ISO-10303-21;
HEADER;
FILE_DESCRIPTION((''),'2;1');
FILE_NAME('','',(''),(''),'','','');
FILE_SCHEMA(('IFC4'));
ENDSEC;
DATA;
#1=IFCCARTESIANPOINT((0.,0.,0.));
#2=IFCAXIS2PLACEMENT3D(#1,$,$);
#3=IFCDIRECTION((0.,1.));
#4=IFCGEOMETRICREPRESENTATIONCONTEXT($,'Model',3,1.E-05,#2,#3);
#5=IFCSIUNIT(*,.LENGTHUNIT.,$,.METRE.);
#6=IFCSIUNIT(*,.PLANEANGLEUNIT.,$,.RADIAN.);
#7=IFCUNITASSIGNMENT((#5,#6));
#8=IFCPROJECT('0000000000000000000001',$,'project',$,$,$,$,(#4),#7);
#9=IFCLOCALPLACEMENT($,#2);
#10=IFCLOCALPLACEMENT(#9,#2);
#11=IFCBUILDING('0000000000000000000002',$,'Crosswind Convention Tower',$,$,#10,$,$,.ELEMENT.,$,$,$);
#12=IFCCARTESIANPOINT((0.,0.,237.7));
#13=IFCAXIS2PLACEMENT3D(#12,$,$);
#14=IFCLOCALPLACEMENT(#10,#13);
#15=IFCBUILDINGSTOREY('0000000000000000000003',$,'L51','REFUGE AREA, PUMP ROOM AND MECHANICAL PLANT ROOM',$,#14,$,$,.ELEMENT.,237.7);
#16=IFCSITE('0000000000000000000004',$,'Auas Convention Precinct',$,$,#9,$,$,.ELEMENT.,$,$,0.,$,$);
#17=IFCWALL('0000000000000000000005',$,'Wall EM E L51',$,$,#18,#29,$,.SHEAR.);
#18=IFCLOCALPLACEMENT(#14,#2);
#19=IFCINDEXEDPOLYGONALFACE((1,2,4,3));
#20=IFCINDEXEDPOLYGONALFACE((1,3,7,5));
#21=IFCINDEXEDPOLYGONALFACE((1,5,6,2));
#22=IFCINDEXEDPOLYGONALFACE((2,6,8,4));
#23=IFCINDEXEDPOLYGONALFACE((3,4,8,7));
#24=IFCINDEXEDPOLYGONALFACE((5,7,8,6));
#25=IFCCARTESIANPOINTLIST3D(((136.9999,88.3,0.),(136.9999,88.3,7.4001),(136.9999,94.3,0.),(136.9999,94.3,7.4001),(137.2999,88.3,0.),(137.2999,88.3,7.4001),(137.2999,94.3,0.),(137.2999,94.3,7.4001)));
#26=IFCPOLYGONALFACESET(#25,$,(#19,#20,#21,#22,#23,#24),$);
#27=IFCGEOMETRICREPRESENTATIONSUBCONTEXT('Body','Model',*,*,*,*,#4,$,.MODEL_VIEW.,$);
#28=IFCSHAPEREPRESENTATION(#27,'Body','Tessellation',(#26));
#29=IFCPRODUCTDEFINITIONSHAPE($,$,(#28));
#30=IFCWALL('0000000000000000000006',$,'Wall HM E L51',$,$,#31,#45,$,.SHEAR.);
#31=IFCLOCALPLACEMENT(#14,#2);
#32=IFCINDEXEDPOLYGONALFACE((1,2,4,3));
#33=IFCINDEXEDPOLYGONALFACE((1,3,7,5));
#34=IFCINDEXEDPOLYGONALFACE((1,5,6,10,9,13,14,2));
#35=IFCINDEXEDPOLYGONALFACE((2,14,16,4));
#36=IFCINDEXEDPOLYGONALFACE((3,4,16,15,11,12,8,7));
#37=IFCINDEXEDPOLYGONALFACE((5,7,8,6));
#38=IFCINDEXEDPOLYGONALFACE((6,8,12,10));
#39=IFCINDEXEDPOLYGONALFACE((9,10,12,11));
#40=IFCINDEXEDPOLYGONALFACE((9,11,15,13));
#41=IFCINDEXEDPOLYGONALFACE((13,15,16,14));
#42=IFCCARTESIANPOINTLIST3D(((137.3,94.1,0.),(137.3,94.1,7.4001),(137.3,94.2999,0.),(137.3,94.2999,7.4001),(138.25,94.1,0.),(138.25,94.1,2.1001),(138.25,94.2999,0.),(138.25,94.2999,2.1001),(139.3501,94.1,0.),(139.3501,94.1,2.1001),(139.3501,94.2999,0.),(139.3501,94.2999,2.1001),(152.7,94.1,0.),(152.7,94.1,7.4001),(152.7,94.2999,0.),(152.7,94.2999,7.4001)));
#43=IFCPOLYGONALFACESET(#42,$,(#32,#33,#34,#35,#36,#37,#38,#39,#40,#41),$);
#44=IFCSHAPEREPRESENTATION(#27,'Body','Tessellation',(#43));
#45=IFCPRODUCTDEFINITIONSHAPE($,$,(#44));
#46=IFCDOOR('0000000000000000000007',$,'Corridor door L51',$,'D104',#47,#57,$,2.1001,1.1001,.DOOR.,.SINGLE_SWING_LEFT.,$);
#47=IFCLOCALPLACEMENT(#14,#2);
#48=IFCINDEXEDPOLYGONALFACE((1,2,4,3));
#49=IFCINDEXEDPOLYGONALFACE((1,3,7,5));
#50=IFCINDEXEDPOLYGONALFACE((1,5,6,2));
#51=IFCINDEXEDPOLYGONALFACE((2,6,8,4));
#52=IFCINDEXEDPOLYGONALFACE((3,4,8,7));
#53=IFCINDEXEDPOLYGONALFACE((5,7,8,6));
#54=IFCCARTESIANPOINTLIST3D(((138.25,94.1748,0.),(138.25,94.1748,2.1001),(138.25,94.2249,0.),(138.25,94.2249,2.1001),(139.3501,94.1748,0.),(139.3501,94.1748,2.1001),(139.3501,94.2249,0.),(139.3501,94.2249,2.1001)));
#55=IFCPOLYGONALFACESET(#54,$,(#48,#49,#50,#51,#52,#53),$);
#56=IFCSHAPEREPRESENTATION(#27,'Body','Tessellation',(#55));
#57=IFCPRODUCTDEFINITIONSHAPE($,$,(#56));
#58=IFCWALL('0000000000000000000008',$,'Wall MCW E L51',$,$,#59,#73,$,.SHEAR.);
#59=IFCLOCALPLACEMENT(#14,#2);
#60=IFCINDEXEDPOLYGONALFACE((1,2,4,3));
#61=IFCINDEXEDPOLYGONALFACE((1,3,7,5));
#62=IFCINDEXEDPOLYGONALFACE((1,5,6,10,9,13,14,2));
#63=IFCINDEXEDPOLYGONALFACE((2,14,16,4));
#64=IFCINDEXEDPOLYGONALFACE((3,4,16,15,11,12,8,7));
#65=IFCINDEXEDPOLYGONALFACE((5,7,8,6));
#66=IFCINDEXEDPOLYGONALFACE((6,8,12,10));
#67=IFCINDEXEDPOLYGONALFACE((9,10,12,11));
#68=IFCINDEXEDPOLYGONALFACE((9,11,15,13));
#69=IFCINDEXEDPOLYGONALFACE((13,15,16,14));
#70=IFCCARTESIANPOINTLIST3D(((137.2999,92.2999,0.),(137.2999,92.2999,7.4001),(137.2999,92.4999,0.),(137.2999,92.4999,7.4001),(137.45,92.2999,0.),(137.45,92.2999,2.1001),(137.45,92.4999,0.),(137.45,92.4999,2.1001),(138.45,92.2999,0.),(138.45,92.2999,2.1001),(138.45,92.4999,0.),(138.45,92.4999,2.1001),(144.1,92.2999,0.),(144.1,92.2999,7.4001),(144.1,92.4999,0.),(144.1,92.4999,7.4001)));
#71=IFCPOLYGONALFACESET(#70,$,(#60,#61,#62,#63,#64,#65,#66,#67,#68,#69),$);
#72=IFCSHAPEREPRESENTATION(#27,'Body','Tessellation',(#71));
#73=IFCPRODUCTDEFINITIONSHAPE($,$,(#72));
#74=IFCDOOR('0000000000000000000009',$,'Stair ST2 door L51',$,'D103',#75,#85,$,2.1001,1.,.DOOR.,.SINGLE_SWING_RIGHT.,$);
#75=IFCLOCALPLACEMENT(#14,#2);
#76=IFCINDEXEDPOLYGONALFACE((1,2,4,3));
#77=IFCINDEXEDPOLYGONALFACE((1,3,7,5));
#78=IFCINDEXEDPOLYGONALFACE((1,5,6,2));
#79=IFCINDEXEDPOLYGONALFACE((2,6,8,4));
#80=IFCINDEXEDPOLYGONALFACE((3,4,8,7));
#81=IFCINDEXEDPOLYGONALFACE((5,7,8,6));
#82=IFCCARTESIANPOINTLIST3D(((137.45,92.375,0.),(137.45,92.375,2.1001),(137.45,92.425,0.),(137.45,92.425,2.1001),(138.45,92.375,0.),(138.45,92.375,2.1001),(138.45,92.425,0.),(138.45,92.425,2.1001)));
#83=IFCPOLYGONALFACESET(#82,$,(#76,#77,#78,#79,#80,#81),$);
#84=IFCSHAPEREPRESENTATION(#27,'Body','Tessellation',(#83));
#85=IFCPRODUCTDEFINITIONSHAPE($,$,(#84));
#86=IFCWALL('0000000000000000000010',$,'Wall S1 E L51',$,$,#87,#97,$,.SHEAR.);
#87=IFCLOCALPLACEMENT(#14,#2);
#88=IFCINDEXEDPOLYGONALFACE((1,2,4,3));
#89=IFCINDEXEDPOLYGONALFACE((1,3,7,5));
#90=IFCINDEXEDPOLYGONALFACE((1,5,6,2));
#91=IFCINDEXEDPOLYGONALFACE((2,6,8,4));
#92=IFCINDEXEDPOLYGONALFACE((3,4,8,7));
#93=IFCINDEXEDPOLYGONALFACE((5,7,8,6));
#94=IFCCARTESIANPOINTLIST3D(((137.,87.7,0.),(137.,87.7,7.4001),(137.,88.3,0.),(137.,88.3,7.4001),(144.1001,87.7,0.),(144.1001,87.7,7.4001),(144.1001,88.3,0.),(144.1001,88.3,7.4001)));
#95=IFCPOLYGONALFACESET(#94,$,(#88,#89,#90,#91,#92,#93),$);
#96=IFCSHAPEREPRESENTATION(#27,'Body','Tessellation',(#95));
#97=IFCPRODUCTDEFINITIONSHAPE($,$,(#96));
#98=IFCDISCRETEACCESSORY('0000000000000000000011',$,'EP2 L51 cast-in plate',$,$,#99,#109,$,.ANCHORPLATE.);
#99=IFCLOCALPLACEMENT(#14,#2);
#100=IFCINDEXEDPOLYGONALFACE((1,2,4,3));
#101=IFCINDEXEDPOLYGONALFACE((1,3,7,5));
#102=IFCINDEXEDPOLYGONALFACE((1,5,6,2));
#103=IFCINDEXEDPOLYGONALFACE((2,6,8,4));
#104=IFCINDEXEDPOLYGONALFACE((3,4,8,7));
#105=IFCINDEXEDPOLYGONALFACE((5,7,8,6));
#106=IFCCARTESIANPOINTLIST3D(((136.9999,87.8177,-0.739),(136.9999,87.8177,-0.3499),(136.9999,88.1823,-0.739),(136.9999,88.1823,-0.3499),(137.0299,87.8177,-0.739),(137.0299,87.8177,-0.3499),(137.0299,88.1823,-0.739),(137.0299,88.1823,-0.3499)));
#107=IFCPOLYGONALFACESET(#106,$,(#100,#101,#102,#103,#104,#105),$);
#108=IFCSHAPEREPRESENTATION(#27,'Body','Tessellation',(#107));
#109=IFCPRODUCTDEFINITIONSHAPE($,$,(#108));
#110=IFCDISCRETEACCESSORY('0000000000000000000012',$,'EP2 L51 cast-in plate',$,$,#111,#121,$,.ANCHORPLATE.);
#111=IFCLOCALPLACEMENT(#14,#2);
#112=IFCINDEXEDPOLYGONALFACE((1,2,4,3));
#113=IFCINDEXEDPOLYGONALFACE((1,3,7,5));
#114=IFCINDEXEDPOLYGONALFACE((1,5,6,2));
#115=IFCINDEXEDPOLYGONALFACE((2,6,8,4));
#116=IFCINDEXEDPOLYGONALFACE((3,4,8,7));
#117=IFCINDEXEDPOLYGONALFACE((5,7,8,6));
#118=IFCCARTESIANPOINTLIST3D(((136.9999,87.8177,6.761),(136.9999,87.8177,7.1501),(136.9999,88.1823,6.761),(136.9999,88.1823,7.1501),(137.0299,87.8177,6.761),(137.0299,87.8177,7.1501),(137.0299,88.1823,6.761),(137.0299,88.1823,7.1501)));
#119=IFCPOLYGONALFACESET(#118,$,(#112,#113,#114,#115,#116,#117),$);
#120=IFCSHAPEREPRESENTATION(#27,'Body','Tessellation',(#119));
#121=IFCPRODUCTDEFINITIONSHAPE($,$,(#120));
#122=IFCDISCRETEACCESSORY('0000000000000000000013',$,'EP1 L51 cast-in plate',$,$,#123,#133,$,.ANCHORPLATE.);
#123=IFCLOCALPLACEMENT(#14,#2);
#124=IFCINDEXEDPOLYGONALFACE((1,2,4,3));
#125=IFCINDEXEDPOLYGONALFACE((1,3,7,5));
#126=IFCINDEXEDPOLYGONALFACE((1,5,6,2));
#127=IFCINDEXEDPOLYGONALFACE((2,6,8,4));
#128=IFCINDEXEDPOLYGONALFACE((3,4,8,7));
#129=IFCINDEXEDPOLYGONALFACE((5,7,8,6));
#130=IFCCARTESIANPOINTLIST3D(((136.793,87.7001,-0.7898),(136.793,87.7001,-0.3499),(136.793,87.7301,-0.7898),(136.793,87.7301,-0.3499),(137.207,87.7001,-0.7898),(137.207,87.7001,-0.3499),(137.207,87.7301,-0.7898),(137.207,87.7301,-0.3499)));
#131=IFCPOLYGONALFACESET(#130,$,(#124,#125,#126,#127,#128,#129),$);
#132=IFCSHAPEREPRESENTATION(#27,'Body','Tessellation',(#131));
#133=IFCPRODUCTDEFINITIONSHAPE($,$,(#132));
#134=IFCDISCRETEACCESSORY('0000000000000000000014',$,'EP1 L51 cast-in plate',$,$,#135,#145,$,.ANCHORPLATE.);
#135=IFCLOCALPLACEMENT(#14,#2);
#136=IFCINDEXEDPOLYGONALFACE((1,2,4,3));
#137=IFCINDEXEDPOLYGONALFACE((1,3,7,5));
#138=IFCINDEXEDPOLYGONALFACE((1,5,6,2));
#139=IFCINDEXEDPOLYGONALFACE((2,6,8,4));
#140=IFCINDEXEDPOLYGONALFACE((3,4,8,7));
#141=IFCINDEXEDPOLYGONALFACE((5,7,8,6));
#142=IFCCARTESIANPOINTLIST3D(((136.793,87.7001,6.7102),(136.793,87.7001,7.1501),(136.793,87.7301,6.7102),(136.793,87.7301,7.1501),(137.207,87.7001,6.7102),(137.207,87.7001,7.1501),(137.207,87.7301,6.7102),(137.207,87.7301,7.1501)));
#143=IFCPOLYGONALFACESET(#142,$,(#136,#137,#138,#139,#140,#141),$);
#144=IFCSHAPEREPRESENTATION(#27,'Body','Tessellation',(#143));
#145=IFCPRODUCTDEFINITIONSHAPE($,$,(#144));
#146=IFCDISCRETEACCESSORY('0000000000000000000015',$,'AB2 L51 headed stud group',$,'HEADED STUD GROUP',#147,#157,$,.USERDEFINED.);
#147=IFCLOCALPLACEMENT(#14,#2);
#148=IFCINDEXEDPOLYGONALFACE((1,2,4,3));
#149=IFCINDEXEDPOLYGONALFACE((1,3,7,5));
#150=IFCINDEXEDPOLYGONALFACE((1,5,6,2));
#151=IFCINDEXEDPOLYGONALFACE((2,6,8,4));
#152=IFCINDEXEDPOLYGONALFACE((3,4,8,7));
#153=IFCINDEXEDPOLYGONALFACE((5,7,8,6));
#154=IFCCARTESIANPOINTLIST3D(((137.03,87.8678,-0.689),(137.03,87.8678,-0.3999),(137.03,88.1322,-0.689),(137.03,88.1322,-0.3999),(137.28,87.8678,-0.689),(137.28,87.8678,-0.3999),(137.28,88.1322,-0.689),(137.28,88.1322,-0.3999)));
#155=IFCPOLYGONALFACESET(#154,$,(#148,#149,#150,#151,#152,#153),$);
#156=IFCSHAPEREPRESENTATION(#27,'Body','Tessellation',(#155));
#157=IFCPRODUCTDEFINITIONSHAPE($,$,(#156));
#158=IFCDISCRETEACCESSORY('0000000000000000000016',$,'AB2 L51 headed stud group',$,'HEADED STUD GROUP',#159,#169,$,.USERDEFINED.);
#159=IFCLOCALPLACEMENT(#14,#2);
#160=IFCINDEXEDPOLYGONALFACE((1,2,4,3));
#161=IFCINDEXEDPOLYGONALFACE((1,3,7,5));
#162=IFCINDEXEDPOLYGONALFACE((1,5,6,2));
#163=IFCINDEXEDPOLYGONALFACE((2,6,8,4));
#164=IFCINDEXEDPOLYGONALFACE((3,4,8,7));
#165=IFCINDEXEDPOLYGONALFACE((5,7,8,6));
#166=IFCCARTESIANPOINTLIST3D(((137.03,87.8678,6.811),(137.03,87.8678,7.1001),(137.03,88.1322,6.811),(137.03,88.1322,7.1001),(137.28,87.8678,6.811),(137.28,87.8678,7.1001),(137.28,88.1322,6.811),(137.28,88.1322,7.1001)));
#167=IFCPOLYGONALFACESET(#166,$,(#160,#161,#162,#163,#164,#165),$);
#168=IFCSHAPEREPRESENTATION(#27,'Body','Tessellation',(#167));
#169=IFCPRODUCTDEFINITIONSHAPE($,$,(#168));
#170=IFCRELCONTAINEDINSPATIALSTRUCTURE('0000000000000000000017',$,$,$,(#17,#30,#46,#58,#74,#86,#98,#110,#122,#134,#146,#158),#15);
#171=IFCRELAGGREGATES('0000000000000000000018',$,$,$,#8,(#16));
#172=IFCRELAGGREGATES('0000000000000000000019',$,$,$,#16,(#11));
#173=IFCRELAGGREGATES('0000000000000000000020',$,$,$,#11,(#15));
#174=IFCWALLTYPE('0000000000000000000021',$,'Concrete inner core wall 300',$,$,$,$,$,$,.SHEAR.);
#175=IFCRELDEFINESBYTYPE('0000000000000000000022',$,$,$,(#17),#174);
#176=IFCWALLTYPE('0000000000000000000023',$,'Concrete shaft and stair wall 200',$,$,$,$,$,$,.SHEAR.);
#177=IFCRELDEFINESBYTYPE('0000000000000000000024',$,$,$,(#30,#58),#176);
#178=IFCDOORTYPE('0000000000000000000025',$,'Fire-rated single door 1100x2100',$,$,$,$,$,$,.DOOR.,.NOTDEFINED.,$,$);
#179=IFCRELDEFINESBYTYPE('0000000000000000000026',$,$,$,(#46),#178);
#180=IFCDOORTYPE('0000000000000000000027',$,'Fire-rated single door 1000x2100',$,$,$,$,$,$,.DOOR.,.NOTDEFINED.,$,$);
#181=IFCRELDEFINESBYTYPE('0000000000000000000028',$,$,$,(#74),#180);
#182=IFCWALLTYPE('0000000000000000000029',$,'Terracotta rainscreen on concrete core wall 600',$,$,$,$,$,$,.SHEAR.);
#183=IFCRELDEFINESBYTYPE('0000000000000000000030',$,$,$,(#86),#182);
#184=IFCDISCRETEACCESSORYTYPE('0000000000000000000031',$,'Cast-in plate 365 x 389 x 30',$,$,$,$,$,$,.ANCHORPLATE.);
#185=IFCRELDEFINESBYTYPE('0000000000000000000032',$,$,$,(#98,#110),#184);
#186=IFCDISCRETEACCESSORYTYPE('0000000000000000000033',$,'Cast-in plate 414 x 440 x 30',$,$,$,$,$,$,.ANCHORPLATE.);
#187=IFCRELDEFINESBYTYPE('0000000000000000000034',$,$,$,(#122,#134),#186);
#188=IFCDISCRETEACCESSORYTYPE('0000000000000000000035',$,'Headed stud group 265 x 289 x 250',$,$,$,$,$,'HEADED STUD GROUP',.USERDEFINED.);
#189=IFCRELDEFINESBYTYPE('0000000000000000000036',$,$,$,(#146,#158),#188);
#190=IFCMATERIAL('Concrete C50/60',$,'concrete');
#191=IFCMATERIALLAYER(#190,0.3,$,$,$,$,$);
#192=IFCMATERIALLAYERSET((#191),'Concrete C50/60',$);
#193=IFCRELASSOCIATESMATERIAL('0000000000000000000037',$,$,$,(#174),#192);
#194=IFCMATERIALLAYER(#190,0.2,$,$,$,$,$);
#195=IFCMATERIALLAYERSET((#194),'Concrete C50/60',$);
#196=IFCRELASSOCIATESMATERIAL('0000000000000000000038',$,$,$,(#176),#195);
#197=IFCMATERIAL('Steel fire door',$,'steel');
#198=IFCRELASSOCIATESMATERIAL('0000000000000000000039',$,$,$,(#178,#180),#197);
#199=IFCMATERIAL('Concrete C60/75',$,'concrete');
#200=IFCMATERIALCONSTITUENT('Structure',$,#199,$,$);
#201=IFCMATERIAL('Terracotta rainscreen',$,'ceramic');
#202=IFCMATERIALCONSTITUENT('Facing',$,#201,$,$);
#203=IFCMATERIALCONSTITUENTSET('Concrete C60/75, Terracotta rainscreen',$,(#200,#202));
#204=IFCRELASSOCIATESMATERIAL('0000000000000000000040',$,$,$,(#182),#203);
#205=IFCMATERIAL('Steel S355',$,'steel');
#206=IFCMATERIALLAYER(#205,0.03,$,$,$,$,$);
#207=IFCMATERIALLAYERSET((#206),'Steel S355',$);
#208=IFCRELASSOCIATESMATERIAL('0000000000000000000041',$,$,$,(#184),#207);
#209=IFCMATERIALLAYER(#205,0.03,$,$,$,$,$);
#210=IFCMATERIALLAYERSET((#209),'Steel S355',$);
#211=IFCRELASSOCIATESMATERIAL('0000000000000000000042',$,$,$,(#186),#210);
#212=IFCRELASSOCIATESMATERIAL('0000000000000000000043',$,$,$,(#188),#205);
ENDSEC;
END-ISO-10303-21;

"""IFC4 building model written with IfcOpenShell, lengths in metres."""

from ifc_helpers import new_model, si_unit, direction, frame, frame_2d, origin, origin_2d, place, context, subcontext, project, spatial, rectangle, extrude, material, layer, layer_set, constituent, constituent_set, type_object, element, fill, save


model = new_model("IFC4")

# Units and contexts
model_context = context("Model", 3, precision=1e-05, world=origin(), true_north=direction((0.0, 1.0)))
body_context = subcontext(model_context, "Body", "Model", "MODEL_VIEW")
ifc_project = project(units=[si_unit("LENGTHUNIT", "METRE"), si_unit("PLANEANGLEUNIT", "RADIAN")], contexts=[model_context])

# Site, building, storey
site_placement = place(None, origin())
site = spatial("IfcSite", under=ifc_project, at=site_placement, Name="Auas Convention Precinct", CompositionType="ELEMENT", RefElevation=0.0)
building_placement = place(site_placement, origin())
building = spatial("IfcBuilding", under=site, at=building_placement, Name="Crosswind Convention Tower", CompositionType="ELEMENT")
storey_placement = place(building_placement, frame((0.0, 0.0, 237.7)))
storey = spatial("IfcBuildingStorey", under=building, at=storey_placement, Name="L51", Description="REFUGE AREA, PUMP ROOM AND MECHANICAL PLANT ROOM", CompositionType="ELEMENT", Elevation=237.7)

# Shared definitions
ifc_material_1 = material(Name="Concrete C50/60", Category="concrete")
ifc_layer_1 = layer(ifc_material_1, 0.3)
ifc_layer_set_1 = layer_set([ifc_layer_1], Name="Concrete C50/60")
wall_type_1 = type_object("IfcWallType", Name="Concrete inner core wall 300", PredefinedType="SHEAR", material=ifc_layer_set_1)

# Wall
wall_1_placement = place(storey_placement, frame((137.1499, 88.3, 0.0), z_axis=(0.0, 0.0, 1.0), x_axis=(0.0, 1.0, 0.0)))
element("IfcWall", 1, at=wall_1_placement, inside=storey, type_object=wall_type_1, Name="Wall EM E L51", PredefinedType="SHEAR", context=body_context, shape_type="SweptSolid", body=[
    extrude(rectangle(XDim=6.0, YDim=0.3, at=frame_2d((3.0, 0.0))), origin(), (0.0, 0.0, 1.0), 7.4001),
])

# Walls, openings, doors
ifc_layer_2 = layer(ifc_material_1, 0.2)
ifc_layer_set_2 = layer_set([ifc_layer_2], Name="Concrete C50/60")
wall_type_2 = type_object("IfcWallType", Name="Concrete shaft and stair wall 200", PredefinedType="SHEAR", material=ifc_layer_set_2)
wall_2_placement = place(storey_placement, frame((137.3, 94.2, 0.0), z_axis=(0.0, 0.0, 1.0), x_axis=(1.0, 0.0, 0.0)))
wall_2 = element("IfcWall", 2, at=wall_2_placement, inside=storey, type_object=wall_type_2, Name="Wall HM E L51", PredefinedType="SHEAR", context=body_context, shape_type="SweptSolid", body=[
    extrude(rectangle(XDim=15.3999, YDim=0.2, at=frame_2d((7.7, 0.0))), origin(), (0.0, 0.0, 1.0), 7.4001),
])
opening_1_placement = place(wall_2_placement, frame((0.95, 0.0, 0.0)))
opening_1 = element("IfcOpeningElement", 3, at=opening_1_placement, cuts=wall_2, PredefinedType="OPENING", context=body_context, shape_type="SweptSolid", body=[
    extrude(rectangle(XDim=1.1001, YDim=2.1001, at=frame_2d((0.55, 1.05))), frame((0.0, 0.1099, 0.0), z_axis=(0.0, -1.0, 0.0), x_axis=(1.0, 0.0, 0.0)), (0.0, 0.0, 1.0), 0.22),
])
ifc_material_2 = material(Name="Steel fire door", Category="steel")
door_type_1 = type_object("IfcDoorType", Name="Fire-rated single door 1100x2100", OperationType="NOTDEFINED", PredefinedType="DOOR", material=ifc_material_2)
door_1_placement = place(opening_1_placement, origin())
door_1 = element("IfcDoor", 4, at=door_1_placement, inside=storey, type_object=door_type_1, Name="Corridor door L51", ObjectType="D104", OperationType="SINGLE_SWING_LEFT", OverallHeight=2.1001, OverallWidth=1.1001, PredefinedType="DOOR", context=body_context, shape_type="SweptSolid", body=[
    extrude(rectangle(XDim=1.1001, YDim=2.1001, at=frame_2d((0.55, 1.05))), frame((0.0, 0.0249, 0.0), z_axis=(0.0, -1.0, 0.0), x_axis=(1.0, 0.0, 0.0)), (0.0, 0.0, 1.0), 0.05),
])
fill(opening_1, door_1)
wall_3_placement = place(storey_placement, frame((137.3, 92.3999, 0.0), z_axis=(0.0, 0.0, 1.0), x_axis=(1.0, 0.0, 0.0)))
wall_3 = element("IfcWall", 5, at=wall_3_placement, inside=storey, type_object=wall_type_2, Name="Wall MCW E L51", PredefinedType="SHEAR", context=body_context, shape_type="SweptSolid", body=[
    extrude(rectangle(XDim=6.8, YDim=0.2, at=frame_2d((3.3999, 0.0))), origin(), (0.0, 0.0, 1.0), 7.4001),
])
opening_2_placement = place(wall_3_placement, frame((0.1499, 0.0, 0.0)))
opening_2 = element("IfcOpeningElement", 6, at=opening_2_placement, cuts=wall_3, PredefinedType="OPENING", context=body_context, shape_type="SweptSolid", body=[
    extrude(rectangle(XDim=1.0, YDim=2.1001, at=frame_2d((0.5, 1.05))), frame((0.0, 0.1099, 0.0), z_axis=(0.0, -1.0, 0.0), x_axis=(1.0, 0.0, 0.0)), (0.0, 0.0, 1.0), 0.22),
])
door_type_2 = type_object("IfcDoorType", Name="Fire-rated single door 1000x2100", OperationType="NOTDEFINED", PredefinedType="DOOR", material=ifc_material_2)
door_2_placement = place(opening_2_placement, frame((1.0, 0.0, 0.0), z_axis=(0.0, 0.0, 1.0), x_axis=(-1.0, 0.0, 0.0)))
door_2 = element("IfcDoor", 7, at=door_2_placement, inside=storey, type_object=door_type_2, Name="Stair ST2 door L51", ObjectType="D103", OperationType="SINGLE_SWING_RIGHT", OverallHeight=2.1001, OverallWidth=1.0, PredefinedType="DOOR", context=body_context, shape_type="SweptSolid", body=[
    extrude(rectangle(XDim=1.0, YDim=2.1001, at=frame_2d((0.5, 1.05))), frame((0.0, 0.0249, 0.0), z_axis=(0.0, -1.0, 0.0), x_axis=(1.0, 0.0, 0.0)), (0.0, 0.0, 1.0), 0.05),
])
fill(opening_2, door_2)

# Wall
ifc_material_3 = material(Name="Concrete C60/75", Category="concrete")
ifc_constituent_1 = constituent(ifc_material_3, Name="Structure")
ifc_material_4 = material(Name="Terracotta rainscreen", Category="ceramic")
ifc_constituent_2 = constituent(ifc_material_4, Name="Facing")
ifc_constituent_set = constituent_set(constituents=[ifc_constituent_1, ifc_constituent_2], Name="Concrete C60/75, Terracotta rainscreen")
wall_type_3 = type_object("IfcWallType", Name="Terracotta rainscreen on concrete core wall 600", PredefinedType="SHEAR", material=ifc_constituent_set)
wall_4_placement = place(storey_placement, frame((137.0, 88.0, 0.0), z_axis=(0.0, 0.0, 1.0), x_axis=(1.0, 0.0, 0.0)))
element("IfcWall", 8, at=wall_4_placement, inside=storey, type_object=wall_type_3, Name="Wall S1 E L51", PredefinedType="SHEAR", context=body_context, shape_type="SweptSolid", body=[
    extrude(rectangle(XDim=7.1001, YDim=0.6001, at=frame_2d((3.55, 0.0))), origin(), (0.0, 0.0, 1.0), 7.4001),
])

# Discrete accessories
ifc_material_5 = material(Name="Steel S355", Category="steel")
ifc_layer_3 = layer(ifc_material_5, 0.03)
ifc_layer_set_3 = layer_set([ifc_layer_3], Name="Steel S355")
discrete_accessory_type_1 = type_object("IfcDiscreteAccessoryType", Name="Cast-in plate 365 x 389 x 30", PredefinedType="ANCHORPLATE", material=ifc_layer_set_3)
for number, where, z_axis, x_axis, name in (
    (9, (137.0149, 88.0, -0.739), (0.0, 0.0, 1.0), (1.0, 0.0, 0.0), "EP2 L51 cast-in plate"),
    (10, (137.0149, 88.0, 6.761), (0.0, 0.0, 1.0), (1.0, 0.0, 0.0), "EP2 L51 cast-in plate"),
):
    element("IfcDiscreteAccessory", number, at=place(storey_placement, frame(where, z_axis=z_axis, x_axis=x_axis)), inside=storey, type_object=discrete_accessory_type_1, Name=name, PredefinedType="ANCHORPLATE", context=body_context, shape_type="SweptSolid", body=[
        extrude(rectangle(XDim=0.03, YDim=0.3645, at=origin_2d()), origin(), (0.0, 0.0, 1.0), 0.3892),
    ])
ifc_layer_4 = layer(ifc_material_5, 0.03)
ifc_layer_set_4 = layer_set([ifc_layer_4], Name="Steel S355")
discrete_accessory_type_2 = type_object("IfcDiscreteAccessoryType", Name="Cast-in plate 414 x 440 x 30", PredefinedType="ANCHORPLATE", material=ifc_layer_set_4)
for number, where, z_axis, x_axis, name in (
    (11, (137.0, 87.7151, -0.7898), (0.0, 0.0, 1.0), (1.0, 0.0, 0.0), "EP1 L51 cast-in plate"),
    (12, (137.0, 87.7151, 6.7102), (0.0, 0.0, 1.0), (1.0, 0.0, 0.0), "EP1 L51 cast-in plate"),
):
    element("IfcDiscreteAccessory", number, at=place(storey_placement, frame(where, z_axis=z_axis, x_axis=x_axis)), inside=storey, type_object=discrete_accessory_type_2, Name=name, PredefinedType="ANCHORPLATE", context=body_context, shape_type="SweptSolid", body=[
        extrude(rectangle(XDim=0.4141, YDim=0.03, at=origin_2d()), origin(), (0.0, 0.0, 1.0), 0.4399),
    ])
discrete_accessory_type_3 = type_object("IfcDiscreteAccessoryType", Name="Headed stud group 265 x 289 x 250", ElementType="HEADED STUD GROUP", PredefinedType="USERDEFINED", material=ifc_material_5)
for number, where, z_axis, x_axis, name in (
    (13, (137.155, 88.0, -0.689), (0.0, 0.0, 1.0), (1.0, 0.0, 0.0), "AB2 L51 headed stud group"),
    (14, (137.155, 88.0, 6.811), (0.0, 0.0, 1.0), (1.0, 0.0, 0.0), "AB2 L51 headed stud group"),
):
    element("IfcDiscreteAccessory", number, at=place(storey_placement, frame(where, z_axis=z_axis, x_axis=x_axis)), inside=storey, type_object=discrete_accessory_type_3, Name=name, ObjectType="HEADED STUD GROUP", PredefinedType="USERDEFINED", context=body_context, shape_type="SweptSolid", body=[
        extrude(rectangle(XDim=0.25, YDim=0.2644, at=origin_2d()), origin(), (0.0, 0.0, 1.0), 0.2891),
    ])

save(model, "model.ifc")
